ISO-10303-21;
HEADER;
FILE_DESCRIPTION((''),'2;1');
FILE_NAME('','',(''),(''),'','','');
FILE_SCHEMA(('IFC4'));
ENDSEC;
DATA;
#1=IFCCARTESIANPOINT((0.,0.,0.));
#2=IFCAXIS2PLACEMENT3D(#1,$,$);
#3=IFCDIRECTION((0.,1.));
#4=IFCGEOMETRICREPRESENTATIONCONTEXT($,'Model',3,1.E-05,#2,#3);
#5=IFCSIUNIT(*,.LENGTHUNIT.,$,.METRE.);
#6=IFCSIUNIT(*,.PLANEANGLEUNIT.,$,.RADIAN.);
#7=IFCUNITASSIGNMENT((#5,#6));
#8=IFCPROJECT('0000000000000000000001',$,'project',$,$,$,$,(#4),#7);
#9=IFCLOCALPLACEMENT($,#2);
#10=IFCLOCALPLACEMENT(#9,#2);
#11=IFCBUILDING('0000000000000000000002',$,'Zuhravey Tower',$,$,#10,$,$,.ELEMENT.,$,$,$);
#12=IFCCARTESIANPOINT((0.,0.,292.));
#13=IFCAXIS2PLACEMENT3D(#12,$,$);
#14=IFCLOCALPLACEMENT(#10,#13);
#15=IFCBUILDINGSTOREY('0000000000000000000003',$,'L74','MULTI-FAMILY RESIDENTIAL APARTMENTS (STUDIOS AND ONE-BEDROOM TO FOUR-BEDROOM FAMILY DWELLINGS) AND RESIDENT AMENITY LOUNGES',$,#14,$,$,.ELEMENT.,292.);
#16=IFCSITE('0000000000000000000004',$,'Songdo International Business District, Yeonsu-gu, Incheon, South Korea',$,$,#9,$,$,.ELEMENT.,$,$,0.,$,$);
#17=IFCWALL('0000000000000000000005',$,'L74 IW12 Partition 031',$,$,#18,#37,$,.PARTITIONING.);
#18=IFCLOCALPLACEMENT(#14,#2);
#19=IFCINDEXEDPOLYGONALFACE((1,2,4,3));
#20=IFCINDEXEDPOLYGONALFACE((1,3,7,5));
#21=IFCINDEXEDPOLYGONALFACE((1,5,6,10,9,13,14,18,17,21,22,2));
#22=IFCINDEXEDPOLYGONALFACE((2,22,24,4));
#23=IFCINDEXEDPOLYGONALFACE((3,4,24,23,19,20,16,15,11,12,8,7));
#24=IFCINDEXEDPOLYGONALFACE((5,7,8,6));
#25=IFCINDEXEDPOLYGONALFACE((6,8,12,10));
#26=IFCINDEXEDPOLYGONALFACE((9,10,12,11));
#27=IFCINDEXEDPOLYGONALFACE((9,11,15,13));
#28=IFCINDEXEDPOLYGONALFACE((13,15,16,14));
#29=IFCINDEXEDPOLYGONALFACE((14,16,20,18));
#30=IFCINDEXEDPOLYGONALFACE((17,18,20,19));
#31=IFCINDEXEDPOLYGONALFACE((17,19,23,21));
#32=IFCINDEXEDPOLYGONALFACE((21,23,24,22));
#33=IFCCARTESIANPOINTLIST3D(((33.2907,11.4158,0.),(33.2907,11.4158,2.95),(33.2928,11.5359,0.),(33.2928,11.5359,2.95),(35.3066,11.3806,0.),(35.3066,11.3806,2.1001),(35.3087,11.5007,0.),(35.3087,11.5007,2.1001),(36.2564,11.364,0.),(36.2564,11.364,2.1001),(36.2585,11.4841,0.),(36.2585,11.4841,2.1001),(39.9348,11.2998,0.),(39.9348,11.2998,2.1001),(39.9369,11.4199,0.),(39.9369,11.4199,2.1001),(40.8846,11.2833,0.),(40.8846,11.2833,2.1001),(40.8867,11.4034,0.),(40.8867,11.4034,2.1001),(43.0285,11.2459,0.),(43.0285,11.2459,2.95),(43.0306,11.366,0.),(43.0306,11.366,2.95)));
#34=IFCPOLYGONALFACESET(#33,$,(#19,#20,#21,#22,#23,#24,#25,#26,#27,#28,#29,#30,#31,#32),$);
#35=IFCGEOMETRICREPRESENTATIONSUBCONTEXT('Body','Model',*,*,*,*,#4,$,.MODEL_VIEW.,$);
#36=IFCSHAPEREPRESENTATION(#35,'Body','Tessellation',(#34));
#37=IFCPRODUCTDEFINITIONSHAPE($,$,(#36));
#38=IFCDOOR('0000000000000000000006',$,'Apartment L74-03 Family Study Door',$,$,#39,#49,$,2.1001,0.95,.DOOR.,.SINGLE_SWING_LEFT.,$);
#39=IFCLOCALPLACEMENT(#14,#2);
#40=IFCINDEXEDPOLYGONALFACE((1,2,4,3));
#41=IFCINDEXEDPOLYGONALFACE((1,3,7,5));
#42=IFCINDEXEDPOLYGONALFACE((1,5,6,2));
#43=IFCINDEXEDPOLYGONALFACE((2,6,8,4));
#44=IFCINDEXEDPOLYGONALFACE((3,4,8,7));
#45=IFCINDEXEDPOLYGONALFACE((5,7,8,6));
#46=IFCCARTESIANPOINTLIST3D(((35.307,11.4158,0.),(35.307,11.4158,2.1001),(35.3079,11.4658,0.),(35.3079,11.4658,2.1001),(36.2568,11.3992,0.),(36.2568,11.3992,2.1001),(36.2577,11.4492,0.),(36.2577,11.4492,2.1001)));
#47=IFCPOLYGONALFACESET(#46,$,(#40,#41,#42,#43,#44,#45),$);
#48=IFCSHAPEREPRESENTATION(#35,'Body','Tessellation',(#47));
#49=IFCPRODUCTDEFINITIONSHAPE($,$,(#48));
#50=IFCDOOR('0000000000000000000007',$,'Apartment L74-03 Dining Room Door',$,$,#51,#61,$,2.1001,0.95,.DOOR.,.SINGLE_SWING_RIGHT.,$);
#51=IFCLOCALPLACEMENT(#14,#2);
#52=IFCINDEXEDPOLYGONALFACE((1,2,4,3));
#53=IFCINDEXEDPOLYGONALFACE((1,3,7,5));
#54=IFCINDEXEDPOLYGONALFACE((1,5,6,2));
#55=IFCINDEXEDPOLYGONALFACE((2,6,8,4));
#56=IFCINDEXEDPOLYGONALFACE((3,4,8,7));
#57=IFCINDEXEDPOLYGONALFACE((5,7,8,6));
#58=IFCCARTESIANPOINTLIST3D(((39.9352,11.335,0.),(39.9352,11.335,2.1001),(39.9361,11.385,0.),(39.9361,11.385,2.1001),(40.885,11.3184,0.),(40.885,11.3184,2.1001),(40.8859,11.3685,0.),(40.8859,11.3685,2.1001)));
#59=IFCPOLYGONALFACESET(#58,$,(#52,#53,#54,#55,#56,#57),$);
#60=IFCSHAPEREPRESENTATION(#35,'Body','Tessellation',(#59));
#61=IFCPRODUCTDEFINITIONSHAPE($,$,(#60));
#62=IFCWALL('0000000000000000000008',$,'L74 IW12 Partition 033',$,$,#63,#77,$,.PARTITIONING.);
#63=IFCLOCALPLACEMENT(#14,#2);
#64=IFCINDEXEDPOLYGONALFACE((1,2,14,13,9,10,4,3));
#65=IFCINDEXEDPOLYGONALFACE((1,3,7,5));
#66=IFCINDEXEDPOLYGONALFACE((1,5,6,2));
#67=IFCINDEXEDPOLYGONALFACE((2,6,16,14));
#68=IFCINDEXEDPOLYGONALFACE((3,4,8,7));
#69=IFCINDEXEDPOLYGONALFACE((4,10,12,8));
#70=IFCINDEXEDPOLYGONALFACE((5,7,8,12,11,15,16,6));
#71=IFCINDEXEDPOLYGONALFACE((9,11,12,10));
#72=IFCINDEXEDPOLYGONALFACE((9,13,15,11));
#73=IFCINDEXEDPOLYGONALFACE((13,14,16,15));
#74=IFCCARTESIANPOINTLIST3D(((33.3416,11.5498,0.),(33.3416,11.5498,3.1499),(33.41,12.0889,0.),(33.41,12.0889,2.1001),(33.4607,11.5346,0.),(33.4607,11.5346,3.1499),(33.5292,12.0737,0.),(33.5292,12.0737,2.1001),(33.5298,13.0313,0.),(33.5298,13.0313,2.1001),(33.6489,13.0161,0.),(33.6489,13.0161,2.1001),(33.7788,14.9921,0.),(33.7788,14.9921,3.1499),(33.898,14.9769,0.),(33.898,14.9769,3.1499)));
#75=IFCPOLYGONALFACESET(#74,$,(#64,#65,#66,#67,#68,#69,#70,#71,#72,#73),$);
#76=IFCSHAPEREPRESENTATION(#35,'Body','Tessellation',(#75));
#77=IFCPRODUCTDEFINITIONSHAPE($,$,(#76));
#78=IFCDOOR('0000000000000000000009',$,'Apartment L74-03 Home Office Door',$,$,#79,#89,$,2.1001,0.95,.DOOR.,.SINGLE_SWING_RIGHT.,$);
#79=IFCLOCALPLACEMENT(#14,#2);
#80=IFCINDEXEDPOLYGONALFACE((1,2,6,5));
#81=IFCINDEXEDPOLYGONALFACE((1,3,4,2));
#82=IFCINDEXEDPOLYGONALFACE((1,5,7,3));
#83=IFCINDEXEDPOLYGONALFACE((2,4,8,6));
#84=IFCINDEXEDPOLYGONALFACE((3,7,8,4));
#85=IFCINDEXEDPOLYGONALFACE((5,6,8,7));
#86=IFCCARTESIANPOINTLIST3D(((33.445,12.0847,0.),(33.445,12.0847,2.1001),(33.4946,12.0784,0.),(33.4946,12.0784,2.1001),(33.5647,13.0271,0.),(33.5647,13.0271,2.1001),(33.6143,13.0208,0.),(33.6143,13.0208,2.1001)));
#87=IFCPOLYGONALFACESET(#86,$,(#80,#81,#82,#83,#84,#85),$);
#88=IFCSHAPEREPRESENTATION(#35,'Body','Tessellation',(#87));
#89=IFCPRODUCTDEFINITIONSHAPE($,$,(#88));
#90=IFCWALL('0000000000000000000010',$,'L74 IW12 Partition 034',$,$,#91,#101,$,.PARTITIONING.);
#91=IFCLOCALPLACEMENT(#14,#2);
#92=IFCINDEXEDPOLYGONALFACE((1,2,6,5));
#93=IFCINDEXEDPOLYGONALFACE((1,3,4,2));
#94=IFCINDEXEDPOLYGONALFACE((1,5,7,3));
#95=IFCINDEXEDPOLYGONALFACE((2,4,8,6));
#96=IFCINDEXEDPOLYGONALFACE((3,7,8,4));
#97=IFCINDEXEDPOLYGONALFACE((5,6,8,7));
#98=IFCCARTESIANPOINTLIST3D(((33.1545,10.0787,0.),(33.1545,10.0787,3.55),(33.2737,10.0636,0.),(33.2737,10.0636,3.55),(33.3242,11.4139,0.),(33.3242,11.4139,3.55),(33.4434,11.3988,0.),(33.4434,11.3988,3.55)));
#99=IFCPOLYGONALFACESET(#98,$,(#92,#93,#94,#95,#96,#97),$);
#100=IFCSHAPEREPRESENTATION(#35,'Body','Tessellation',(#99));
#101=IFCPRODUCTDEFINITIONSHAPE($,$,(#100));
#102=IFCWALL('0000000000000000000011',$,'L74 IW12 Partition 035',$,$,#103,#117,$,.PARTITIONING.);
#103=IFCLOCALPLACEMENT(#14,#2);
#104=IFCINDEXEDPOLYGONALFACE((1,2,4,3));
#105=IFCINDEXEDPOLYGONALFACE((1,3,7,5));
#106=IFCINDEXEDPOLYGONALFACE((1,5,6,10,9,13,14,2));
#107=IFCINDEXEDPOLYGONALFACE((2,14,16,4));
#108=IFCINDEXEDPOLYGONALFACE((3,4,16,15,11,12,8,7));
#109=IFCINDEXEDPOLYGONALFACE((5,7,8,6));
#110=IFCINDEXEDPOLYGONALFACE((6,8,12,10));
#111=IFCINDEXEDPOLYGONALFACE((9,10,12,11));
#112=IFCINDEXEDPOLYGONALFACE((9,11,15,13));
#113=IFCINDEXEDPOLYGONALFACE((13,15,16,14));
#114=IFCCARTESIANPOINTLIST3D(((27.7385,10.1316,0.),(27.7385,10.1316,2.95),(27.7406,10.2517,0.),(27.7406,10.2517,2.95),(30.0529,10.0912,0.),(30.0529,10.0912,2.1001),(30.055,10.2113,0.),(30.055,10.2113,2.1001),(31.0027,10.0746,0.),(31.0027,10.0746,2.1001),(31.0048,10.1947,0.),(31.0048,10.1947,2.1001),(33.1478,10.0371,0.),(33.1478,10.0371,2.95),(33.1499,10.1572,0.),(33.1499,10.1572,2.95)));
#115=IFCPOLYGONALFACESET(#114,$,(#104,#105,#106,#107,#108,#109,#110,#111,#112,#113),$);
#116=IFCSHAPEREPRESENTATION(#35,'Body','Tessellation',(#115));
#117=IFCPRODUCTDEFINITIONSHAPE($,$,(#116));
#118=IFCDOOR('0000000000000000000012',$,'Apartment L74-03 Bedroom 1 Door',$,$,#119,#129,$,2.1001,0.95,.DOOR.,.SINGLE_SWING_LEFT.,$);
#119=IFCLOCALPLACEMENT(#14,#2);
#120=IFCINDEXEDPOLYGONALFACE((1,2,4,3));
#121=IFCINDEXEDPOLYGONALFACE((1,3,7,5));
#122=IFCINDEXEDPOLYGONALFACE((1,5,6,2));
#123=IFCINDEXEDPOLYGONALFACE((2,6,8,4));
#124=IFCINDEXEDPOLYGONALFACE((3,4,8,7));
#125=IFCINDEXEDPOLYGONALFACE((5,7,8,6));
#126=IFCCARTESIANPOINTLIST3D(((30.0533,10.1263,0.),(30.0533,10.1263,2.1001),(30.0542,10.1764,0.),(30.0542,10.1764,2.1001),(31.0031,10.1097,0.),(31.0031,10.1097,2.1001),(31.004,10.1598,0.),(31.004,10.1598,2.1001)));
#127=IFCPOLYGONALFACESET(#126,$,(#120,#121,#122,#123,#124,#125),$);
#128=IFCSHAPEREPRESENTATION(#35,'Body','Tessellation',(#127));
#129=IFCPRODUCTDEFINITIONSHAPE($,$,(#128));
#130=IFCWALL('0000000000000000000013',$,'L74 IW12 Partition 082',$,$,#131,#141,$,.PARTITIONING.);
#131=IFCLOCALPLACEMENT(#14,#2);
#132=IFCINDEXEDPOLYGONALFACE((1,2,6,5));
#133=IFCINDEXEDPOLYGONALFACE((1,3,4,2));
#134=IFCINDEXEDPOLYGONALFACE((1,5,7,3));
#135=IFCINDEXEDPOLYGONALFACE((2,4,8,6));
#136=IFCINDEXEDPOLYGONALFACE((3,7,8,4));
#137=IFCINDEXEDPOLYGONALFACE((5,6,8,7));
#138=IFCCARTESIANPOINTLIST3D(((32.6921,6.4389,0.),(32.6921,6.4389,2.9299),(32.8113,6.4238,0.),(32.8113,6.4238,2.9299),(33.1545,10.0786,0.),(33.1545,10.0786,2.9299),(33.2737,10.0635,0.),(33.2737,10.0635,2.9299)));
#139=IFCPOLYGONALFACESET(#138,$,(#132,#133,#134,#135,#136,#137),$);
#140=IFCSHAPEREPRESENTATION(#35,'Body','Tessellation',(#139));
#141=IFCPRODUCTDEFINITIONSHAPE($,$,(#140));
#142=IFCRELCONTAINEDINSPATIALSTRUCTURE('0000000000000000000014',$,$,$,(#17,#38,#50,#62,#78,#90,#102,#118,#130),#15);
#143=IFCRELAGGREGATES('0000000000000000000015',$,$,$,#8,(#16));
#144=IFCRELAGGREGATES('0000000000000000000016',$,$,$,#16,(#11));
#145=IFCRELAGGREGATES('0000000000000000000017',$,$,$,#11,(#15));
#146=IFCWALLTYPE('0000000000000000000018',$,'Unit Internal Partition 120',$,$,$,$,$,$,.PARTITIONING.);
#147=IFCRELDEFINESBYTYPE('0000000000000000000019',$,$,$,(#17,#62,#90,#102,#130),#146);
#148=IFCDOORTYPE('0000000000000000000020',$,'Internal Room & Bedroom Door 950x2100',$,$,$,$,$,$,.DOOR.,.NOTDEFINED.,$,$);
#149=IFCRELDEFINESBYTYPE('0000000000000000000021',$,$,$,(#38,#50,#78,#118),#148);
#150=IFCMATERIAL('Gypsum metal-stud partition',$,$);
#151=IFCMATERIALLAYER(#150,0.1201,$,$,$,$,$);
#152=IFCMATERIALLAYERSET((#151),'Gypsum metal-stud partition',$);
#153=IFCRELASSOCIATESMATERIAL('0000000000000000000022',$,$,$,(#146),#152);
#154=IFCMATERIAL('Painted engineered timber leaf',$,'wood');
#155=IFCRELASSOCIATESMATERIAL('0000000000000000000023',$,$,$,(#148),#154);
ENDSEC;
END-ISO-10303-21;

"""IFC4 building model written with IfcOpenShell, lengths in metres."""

from ifc_helpers import new_model, si_unit, direction, frame, frame_2d, origin, place, context, subcontext, project, spatial, rectangle, extrude, material, layer, layer_set, type_object, element, fill, save


model = new_model("IFC4")

# Units and contexts
model_context = context("Model", 3, precision=1e-05, world=origin(), true_north=direction((0.0, 1.0)))
body_context = subcontext(model_context, "Body", "Model", "MODEL_VIEW")
ifc_project = project(units=[si_unit("LENGTHUNIT", "METRE"), si_unit("PLANEANGLEUNIT", "RADIAN")], contexts=[model_context])

# Site, building, storey
site_placement = place(None, origin())
site = spatial("IfcSite", under=ifc_project, at=site_placement, Name="Songdo International Business District, Yeonsu-gu, Incheon, South Korea", CompositionType="ELEMENT", RefElevation=0.0)
building_placement = place(site_placement, origin())
building = spatial("IfcBuilding", under=site, at=building_placement, Name="Zuhravey Tower", CompositionType="ELEMENT")
storey_placement = place(building_placement, frame((0.0, 0.0, 292.0)))
storey = spatial("IfcBuildingStorey", under=building, at=storey_placement, Name="L74", Description="MULTI-FAMILY RESIDENTIAL APARTMENTS (STUDIOS AND ONE-BEDROOM TO FOUR-BEDROOM FAMILY DWELLINGS) AND RESIDENT AMENITY LOUNGES", CompositionType="ELEMENT", Elevation=292.0)

# Wall, openings, doors
ifc_material_1 = material(Name="Gypsum metal-stud partition")
ifc_layer_1 = layer(ifc_material_1, 0.1201)
ifc_layer_set_1 = layer_set([ifc_layer_1], Name="Gypsum metal-stud partition")
wall_type_1 = type_object("IfcWallType", Name="Unit Internal Partition 120", PredefinedType="PARTITIONING", material=ifc_layer_set_1)
wall_1_placement = place(storey_placement, frame((33.2917, 11.4758, 0.0), z_axis=(0.0, 0.0, 1.0), x_axis=(0.999848, -0.017447, 0.0)))
wall_1 = element("IfcWall", 1, at=wall_1_placement, inside=storey, type_object=wall_type_1, Name="L74 IW12 Partition 031", PredefinedType="PARTITIONING", context=body_context, shape_type="SweptSolid", body=[
    extrude(rectangle(XDim=9.7393, YDim=0.1201, at=frame_2d((4.8696, 0.0))), origin(), (0.0, 0.0, 1.0), 2.95),
])
opening_1_placement = place(wall_1_placement, frame((2.0161, 0.0, 0.0)))
opening_1 = element("IfcOpeningElement", 2, at=opening_1_placement, cuts=wall_1, PredefinedType="OPENING", context=body_context, shape_type="SweptSolid", body=[
    extrude(rectangle(XDim=0.95, YDim=2.1001, at=frame_2d((0.4751, 1.05))), frame((0.0, 0.072, 0.0), z_axis=(0.0, -1.0, 0.0), x_axis=(1.0, 0.0, 0.0)), (0.0, 0.0, 1.0), 0.144),
])
opening_2_placement = place(wall_1_placement, frame((6.645, 0.0, 0.0)))
opening_2 = element("IfcOpeningElement", 3, at=opening_2_placement, cuts=wall_1, PredefinedType="OPENING", context=body_context, shape_type="SweptSolid", body=[
    extrude(rectangle(XDim=0.95, YDim=2.1001, at=frame_2d((0.4751, 1.05))), frame((0.0, 0.072, 0.0), z_axis=(0.0, -1.0, 0.0), x_axis=(1.0, 0.0, 0.0)), (0.0, 0.0, 1.0), 0.144),
])
ifc_material_2 = material(Name="Painted engineered timber leaf", Category="wood")
door_type = type_object("IfcDoorType", Name="Internal Room & Bedroom Door 950x2100", OperationType="NOTDEFINED", PredefinedType="DOOR", material=ifc_material_2)
door_1_placement = place(opening_1_placement, frame((0.95, 0.0, 0.0), z_axis=(0.0, 0.0, 1.0), x_axis=(-1.0, 0.0, 0.0)))
door_1 = element("IfcDoor", 4, at=door_1_placement, inside=storey, type_object=door_type, Name="Apartment L74-03 Family Study Door", OperationType="SINGLE_SWING_LEFT", OverallHeight=2.1001, OverallWidth=0.95, PredefinedType="DOOR", context=body_context, shape_type="SweptSolid", body=[
    extrude(rectangle(XDim=0.95, YDim=2.1001, at=frame_2d((0.4751, 1.05))), frame((0.0, 0.0249, 0.0), z_axis=(0.0, -1.0, 0.0), x_axis=(1.0, 0.0, 0.0)), (0.0, 0.0, 1.0), 0.05),
])
fill(opening_1, door_1)
door_2_placement = place(opening_2_placement, frame((0.95, 0.0, 0.0), z_axis=(0.0, 0.0, 1.0), x_axis=(-1.0, 0.0, 0.0)))
door_2 = element("IfcDoor", 5, at=door_2_placement, inside=storey, type_object=door_type, Name="Apartment L74-03 Dining Room Door", OperationType="SINGLE_SWING_RIGHT", OverallHeight=2.1001, OverallWidth=0.95, PredefinedType="DOOR", context=body_context, shape_type="SweptSolid", body=[
    extrude(rectangle(XDim=0.95, YDim=2.1001, at=frame_2d((0.4751, 1.05))), frame((0.0, 0.0249, 0.0), z_axis=(0.0, -1.0, 0.0), x_axis=(1.0, 0.0, 0.0)), (0.0, 0.0, 1.0), 0.05),
])
fill(opening_2, door_2)

# Wall, opening, door
wall_2_placement = place(storey_placement, frame((33.8384, 14.9844, 0.0), z_axis=(0.0, 0.0, 1.0), x_axis=(-0.126009, -0.992029, 0.0)))
wall_2 = element("IfcWall", 6, at=wall_2_placement, inside=storey, type_object=wall_type_1, Name="L74 IW12 Partition 033", PredefinedType="PARTITIONING", context=body_context, shape_type="SweptSolid", body=[
    extrude(rectangle(XDim=3.47, YDim=0.1201, at=frame_2d((1.7349, 0.0))), origin(), (0.0, 0.0, 1.0), 3.1499),
])
opening_3_placement = place(wall_2_placement, frame((1.9763, 0.0, 0.0)))
opening_3 = element("IfcOpeningElement", 7, at=opening_3_placement, cuts=wall_2, PredefinedType="OPENING", context=body_context, shape_type="SweptSolid", body=[
    extrude(rectangle(XDim=0.95, YDim=2.1001, at=frame_2d((0.4751, 1.05))), frame((0.0, 0.072, 0.0), z_axis=(0.0, -1.0, 0.0), x_axis=(1.0, 0.0, 0.0)), (0.0, 0.0, 1.0), 0.144),
])
door_3_placement = place(opening_3_placement, frame((0.95, 0.0, 0.0), z_axis=(0.0, 0.0, 1.0), x_axis=(-1.0, 0.0, 0.0)))
door_3 = element("IfcDoor", 8, at=door_3_placement, inside=storey, type_object=door_type, Name="Apartment L74-03 Home Office Door", OperationType="SINGLE_SWING_RIGHT", OverallHeight=2.1001, OverallWidth=0.95, PredefinedType="DOOR", context=body_context, shape_type="SweptSolid", body=[
    extrude(rectangle(XDim=0.95, YDim=2.1001, at=frame_2d((0.4751, 1.05))), frame((0.0, 0.0249, 0.0), z_axis=(0.0, -1.0, 0.0), x_axis=(1.0, 0.0, 0.0)), (0.0, 0.0, 1.0), 0.05),
])
fill(opening_3, door_3)

# Wall
wall_3_placement = place(storey_placement, frame((33.3838, 11.4062, 0.0), z_axis=(0.0, 0.0, 1.0), x_axis=(-0.126066, -0.992022, 0.0)))
element("IfcWall", 9, at=wall_3_placement, inside=storey, type_object=wall_type_1, Name="L74 IW12 Partition 034", PredefinedType="PARTITIONING", context=body_context, shape_type="SweptSolid", body=[
    extrude(rectangle(XDim=1.3459, YDim=0.1201, at=frame_2d((0.6729, 0.0))), origin(), (0.0, 0.0, 1.0), 3.55),
])

# Wall, opening, door
wall_4_placement = place(storey_placement, frame((27.7395, 10.1917, 0.0), z_axis=(0.0, 0.0, 1.0), x_axis=(0.999847, -0.017464, 0.0)))
wall_4 = element("IfcWall", 10, at=wall_4_placement, inside=storey, type_object=wall_type_1, Name="L74 IW12 Partition 035", PredefinedType="PARTITIONING", context=body_context, shape_type="SweptSolid", body=[
    extrude(rectangle(XDim=5.4102, YDim=0.1201, at=frame_2d((2.7051, 0.0))), origin(), (0.0, 0.0, 1.0), 2.95),
])
opening_4_placement = place(wall_4_placement, frame((2.3147, 0.0, 0.0)))
opening_4 = element("IfcOpeningElement", 11, at=opening_4_placement, cuts=wall_4, PredefinedType="OPENING", context=body_context, shape_type="SweptSolid", body=[
    extrude(rectangle(XDim=0.95, YDim=2.1001, at=frame_2d((0.4751, 1.05))), frame((0.0, 0.072, 0.0), z_axis=(0.0, -1.0, 0.0), x_axis=(1.0, 0.0, 0.0)), (0.0, 0.0, 1.0), 0.144),
])
door_4_placement = place(opening_4_placement, frame((0.95, 0.0, 0.0), z_axis=(0.0, 0.0, 1.0), x_axis=(-1.0, 0.0, 0.0)))
door_4 = element("IfcDoor", 12, at=door_4_placement, inside=storey, type_object=door_type, Name="Apartment L74-03 Bedroom 1 Door", OperationType="SINGLE_SWING_LEFT", OverallHeight=2.1001, OverallWidth=0.95, PredefinedType="DOOR", context=body_context, shape_type="SweptSolid", body=[
    extrude(rectangle(XDim=0.95, YDim=2.1001, at=frame_2d((0.4751, 1.05))), frame((0.0, 0.0249, 0.0), z_axis=(0.0, -1.0, 0.0), x_axis=(1.0, 0.0, 0.0)), (0.0, 0.0, 1.0), 0.05),
])
fill(opening_4, door_4)

# Wall
wall_5_placement = place(storey_placement, frame((33.2141, 10.071, 0.0), z_axis=(0.0, 0.0, 1.0), x_axis=(-0.126033, -0.992026, 0.0)))
element("IfcWall", 13, at=wall_5_placement, inside=storey, type_object=wall_type_1, Name="L74 IW12 Partition 082", PredefinedType="PARTITIONING", context=body_context, shape_type="SweptSolid", body=[
    extrude(rectangle(XDim=3.6689, YDim=0.1201, at=frame_2d((1.8345, 0.0))), origin(), (0.0, 0.0, 1.0), 2.9299),
])

save(model, "model.ifc")
